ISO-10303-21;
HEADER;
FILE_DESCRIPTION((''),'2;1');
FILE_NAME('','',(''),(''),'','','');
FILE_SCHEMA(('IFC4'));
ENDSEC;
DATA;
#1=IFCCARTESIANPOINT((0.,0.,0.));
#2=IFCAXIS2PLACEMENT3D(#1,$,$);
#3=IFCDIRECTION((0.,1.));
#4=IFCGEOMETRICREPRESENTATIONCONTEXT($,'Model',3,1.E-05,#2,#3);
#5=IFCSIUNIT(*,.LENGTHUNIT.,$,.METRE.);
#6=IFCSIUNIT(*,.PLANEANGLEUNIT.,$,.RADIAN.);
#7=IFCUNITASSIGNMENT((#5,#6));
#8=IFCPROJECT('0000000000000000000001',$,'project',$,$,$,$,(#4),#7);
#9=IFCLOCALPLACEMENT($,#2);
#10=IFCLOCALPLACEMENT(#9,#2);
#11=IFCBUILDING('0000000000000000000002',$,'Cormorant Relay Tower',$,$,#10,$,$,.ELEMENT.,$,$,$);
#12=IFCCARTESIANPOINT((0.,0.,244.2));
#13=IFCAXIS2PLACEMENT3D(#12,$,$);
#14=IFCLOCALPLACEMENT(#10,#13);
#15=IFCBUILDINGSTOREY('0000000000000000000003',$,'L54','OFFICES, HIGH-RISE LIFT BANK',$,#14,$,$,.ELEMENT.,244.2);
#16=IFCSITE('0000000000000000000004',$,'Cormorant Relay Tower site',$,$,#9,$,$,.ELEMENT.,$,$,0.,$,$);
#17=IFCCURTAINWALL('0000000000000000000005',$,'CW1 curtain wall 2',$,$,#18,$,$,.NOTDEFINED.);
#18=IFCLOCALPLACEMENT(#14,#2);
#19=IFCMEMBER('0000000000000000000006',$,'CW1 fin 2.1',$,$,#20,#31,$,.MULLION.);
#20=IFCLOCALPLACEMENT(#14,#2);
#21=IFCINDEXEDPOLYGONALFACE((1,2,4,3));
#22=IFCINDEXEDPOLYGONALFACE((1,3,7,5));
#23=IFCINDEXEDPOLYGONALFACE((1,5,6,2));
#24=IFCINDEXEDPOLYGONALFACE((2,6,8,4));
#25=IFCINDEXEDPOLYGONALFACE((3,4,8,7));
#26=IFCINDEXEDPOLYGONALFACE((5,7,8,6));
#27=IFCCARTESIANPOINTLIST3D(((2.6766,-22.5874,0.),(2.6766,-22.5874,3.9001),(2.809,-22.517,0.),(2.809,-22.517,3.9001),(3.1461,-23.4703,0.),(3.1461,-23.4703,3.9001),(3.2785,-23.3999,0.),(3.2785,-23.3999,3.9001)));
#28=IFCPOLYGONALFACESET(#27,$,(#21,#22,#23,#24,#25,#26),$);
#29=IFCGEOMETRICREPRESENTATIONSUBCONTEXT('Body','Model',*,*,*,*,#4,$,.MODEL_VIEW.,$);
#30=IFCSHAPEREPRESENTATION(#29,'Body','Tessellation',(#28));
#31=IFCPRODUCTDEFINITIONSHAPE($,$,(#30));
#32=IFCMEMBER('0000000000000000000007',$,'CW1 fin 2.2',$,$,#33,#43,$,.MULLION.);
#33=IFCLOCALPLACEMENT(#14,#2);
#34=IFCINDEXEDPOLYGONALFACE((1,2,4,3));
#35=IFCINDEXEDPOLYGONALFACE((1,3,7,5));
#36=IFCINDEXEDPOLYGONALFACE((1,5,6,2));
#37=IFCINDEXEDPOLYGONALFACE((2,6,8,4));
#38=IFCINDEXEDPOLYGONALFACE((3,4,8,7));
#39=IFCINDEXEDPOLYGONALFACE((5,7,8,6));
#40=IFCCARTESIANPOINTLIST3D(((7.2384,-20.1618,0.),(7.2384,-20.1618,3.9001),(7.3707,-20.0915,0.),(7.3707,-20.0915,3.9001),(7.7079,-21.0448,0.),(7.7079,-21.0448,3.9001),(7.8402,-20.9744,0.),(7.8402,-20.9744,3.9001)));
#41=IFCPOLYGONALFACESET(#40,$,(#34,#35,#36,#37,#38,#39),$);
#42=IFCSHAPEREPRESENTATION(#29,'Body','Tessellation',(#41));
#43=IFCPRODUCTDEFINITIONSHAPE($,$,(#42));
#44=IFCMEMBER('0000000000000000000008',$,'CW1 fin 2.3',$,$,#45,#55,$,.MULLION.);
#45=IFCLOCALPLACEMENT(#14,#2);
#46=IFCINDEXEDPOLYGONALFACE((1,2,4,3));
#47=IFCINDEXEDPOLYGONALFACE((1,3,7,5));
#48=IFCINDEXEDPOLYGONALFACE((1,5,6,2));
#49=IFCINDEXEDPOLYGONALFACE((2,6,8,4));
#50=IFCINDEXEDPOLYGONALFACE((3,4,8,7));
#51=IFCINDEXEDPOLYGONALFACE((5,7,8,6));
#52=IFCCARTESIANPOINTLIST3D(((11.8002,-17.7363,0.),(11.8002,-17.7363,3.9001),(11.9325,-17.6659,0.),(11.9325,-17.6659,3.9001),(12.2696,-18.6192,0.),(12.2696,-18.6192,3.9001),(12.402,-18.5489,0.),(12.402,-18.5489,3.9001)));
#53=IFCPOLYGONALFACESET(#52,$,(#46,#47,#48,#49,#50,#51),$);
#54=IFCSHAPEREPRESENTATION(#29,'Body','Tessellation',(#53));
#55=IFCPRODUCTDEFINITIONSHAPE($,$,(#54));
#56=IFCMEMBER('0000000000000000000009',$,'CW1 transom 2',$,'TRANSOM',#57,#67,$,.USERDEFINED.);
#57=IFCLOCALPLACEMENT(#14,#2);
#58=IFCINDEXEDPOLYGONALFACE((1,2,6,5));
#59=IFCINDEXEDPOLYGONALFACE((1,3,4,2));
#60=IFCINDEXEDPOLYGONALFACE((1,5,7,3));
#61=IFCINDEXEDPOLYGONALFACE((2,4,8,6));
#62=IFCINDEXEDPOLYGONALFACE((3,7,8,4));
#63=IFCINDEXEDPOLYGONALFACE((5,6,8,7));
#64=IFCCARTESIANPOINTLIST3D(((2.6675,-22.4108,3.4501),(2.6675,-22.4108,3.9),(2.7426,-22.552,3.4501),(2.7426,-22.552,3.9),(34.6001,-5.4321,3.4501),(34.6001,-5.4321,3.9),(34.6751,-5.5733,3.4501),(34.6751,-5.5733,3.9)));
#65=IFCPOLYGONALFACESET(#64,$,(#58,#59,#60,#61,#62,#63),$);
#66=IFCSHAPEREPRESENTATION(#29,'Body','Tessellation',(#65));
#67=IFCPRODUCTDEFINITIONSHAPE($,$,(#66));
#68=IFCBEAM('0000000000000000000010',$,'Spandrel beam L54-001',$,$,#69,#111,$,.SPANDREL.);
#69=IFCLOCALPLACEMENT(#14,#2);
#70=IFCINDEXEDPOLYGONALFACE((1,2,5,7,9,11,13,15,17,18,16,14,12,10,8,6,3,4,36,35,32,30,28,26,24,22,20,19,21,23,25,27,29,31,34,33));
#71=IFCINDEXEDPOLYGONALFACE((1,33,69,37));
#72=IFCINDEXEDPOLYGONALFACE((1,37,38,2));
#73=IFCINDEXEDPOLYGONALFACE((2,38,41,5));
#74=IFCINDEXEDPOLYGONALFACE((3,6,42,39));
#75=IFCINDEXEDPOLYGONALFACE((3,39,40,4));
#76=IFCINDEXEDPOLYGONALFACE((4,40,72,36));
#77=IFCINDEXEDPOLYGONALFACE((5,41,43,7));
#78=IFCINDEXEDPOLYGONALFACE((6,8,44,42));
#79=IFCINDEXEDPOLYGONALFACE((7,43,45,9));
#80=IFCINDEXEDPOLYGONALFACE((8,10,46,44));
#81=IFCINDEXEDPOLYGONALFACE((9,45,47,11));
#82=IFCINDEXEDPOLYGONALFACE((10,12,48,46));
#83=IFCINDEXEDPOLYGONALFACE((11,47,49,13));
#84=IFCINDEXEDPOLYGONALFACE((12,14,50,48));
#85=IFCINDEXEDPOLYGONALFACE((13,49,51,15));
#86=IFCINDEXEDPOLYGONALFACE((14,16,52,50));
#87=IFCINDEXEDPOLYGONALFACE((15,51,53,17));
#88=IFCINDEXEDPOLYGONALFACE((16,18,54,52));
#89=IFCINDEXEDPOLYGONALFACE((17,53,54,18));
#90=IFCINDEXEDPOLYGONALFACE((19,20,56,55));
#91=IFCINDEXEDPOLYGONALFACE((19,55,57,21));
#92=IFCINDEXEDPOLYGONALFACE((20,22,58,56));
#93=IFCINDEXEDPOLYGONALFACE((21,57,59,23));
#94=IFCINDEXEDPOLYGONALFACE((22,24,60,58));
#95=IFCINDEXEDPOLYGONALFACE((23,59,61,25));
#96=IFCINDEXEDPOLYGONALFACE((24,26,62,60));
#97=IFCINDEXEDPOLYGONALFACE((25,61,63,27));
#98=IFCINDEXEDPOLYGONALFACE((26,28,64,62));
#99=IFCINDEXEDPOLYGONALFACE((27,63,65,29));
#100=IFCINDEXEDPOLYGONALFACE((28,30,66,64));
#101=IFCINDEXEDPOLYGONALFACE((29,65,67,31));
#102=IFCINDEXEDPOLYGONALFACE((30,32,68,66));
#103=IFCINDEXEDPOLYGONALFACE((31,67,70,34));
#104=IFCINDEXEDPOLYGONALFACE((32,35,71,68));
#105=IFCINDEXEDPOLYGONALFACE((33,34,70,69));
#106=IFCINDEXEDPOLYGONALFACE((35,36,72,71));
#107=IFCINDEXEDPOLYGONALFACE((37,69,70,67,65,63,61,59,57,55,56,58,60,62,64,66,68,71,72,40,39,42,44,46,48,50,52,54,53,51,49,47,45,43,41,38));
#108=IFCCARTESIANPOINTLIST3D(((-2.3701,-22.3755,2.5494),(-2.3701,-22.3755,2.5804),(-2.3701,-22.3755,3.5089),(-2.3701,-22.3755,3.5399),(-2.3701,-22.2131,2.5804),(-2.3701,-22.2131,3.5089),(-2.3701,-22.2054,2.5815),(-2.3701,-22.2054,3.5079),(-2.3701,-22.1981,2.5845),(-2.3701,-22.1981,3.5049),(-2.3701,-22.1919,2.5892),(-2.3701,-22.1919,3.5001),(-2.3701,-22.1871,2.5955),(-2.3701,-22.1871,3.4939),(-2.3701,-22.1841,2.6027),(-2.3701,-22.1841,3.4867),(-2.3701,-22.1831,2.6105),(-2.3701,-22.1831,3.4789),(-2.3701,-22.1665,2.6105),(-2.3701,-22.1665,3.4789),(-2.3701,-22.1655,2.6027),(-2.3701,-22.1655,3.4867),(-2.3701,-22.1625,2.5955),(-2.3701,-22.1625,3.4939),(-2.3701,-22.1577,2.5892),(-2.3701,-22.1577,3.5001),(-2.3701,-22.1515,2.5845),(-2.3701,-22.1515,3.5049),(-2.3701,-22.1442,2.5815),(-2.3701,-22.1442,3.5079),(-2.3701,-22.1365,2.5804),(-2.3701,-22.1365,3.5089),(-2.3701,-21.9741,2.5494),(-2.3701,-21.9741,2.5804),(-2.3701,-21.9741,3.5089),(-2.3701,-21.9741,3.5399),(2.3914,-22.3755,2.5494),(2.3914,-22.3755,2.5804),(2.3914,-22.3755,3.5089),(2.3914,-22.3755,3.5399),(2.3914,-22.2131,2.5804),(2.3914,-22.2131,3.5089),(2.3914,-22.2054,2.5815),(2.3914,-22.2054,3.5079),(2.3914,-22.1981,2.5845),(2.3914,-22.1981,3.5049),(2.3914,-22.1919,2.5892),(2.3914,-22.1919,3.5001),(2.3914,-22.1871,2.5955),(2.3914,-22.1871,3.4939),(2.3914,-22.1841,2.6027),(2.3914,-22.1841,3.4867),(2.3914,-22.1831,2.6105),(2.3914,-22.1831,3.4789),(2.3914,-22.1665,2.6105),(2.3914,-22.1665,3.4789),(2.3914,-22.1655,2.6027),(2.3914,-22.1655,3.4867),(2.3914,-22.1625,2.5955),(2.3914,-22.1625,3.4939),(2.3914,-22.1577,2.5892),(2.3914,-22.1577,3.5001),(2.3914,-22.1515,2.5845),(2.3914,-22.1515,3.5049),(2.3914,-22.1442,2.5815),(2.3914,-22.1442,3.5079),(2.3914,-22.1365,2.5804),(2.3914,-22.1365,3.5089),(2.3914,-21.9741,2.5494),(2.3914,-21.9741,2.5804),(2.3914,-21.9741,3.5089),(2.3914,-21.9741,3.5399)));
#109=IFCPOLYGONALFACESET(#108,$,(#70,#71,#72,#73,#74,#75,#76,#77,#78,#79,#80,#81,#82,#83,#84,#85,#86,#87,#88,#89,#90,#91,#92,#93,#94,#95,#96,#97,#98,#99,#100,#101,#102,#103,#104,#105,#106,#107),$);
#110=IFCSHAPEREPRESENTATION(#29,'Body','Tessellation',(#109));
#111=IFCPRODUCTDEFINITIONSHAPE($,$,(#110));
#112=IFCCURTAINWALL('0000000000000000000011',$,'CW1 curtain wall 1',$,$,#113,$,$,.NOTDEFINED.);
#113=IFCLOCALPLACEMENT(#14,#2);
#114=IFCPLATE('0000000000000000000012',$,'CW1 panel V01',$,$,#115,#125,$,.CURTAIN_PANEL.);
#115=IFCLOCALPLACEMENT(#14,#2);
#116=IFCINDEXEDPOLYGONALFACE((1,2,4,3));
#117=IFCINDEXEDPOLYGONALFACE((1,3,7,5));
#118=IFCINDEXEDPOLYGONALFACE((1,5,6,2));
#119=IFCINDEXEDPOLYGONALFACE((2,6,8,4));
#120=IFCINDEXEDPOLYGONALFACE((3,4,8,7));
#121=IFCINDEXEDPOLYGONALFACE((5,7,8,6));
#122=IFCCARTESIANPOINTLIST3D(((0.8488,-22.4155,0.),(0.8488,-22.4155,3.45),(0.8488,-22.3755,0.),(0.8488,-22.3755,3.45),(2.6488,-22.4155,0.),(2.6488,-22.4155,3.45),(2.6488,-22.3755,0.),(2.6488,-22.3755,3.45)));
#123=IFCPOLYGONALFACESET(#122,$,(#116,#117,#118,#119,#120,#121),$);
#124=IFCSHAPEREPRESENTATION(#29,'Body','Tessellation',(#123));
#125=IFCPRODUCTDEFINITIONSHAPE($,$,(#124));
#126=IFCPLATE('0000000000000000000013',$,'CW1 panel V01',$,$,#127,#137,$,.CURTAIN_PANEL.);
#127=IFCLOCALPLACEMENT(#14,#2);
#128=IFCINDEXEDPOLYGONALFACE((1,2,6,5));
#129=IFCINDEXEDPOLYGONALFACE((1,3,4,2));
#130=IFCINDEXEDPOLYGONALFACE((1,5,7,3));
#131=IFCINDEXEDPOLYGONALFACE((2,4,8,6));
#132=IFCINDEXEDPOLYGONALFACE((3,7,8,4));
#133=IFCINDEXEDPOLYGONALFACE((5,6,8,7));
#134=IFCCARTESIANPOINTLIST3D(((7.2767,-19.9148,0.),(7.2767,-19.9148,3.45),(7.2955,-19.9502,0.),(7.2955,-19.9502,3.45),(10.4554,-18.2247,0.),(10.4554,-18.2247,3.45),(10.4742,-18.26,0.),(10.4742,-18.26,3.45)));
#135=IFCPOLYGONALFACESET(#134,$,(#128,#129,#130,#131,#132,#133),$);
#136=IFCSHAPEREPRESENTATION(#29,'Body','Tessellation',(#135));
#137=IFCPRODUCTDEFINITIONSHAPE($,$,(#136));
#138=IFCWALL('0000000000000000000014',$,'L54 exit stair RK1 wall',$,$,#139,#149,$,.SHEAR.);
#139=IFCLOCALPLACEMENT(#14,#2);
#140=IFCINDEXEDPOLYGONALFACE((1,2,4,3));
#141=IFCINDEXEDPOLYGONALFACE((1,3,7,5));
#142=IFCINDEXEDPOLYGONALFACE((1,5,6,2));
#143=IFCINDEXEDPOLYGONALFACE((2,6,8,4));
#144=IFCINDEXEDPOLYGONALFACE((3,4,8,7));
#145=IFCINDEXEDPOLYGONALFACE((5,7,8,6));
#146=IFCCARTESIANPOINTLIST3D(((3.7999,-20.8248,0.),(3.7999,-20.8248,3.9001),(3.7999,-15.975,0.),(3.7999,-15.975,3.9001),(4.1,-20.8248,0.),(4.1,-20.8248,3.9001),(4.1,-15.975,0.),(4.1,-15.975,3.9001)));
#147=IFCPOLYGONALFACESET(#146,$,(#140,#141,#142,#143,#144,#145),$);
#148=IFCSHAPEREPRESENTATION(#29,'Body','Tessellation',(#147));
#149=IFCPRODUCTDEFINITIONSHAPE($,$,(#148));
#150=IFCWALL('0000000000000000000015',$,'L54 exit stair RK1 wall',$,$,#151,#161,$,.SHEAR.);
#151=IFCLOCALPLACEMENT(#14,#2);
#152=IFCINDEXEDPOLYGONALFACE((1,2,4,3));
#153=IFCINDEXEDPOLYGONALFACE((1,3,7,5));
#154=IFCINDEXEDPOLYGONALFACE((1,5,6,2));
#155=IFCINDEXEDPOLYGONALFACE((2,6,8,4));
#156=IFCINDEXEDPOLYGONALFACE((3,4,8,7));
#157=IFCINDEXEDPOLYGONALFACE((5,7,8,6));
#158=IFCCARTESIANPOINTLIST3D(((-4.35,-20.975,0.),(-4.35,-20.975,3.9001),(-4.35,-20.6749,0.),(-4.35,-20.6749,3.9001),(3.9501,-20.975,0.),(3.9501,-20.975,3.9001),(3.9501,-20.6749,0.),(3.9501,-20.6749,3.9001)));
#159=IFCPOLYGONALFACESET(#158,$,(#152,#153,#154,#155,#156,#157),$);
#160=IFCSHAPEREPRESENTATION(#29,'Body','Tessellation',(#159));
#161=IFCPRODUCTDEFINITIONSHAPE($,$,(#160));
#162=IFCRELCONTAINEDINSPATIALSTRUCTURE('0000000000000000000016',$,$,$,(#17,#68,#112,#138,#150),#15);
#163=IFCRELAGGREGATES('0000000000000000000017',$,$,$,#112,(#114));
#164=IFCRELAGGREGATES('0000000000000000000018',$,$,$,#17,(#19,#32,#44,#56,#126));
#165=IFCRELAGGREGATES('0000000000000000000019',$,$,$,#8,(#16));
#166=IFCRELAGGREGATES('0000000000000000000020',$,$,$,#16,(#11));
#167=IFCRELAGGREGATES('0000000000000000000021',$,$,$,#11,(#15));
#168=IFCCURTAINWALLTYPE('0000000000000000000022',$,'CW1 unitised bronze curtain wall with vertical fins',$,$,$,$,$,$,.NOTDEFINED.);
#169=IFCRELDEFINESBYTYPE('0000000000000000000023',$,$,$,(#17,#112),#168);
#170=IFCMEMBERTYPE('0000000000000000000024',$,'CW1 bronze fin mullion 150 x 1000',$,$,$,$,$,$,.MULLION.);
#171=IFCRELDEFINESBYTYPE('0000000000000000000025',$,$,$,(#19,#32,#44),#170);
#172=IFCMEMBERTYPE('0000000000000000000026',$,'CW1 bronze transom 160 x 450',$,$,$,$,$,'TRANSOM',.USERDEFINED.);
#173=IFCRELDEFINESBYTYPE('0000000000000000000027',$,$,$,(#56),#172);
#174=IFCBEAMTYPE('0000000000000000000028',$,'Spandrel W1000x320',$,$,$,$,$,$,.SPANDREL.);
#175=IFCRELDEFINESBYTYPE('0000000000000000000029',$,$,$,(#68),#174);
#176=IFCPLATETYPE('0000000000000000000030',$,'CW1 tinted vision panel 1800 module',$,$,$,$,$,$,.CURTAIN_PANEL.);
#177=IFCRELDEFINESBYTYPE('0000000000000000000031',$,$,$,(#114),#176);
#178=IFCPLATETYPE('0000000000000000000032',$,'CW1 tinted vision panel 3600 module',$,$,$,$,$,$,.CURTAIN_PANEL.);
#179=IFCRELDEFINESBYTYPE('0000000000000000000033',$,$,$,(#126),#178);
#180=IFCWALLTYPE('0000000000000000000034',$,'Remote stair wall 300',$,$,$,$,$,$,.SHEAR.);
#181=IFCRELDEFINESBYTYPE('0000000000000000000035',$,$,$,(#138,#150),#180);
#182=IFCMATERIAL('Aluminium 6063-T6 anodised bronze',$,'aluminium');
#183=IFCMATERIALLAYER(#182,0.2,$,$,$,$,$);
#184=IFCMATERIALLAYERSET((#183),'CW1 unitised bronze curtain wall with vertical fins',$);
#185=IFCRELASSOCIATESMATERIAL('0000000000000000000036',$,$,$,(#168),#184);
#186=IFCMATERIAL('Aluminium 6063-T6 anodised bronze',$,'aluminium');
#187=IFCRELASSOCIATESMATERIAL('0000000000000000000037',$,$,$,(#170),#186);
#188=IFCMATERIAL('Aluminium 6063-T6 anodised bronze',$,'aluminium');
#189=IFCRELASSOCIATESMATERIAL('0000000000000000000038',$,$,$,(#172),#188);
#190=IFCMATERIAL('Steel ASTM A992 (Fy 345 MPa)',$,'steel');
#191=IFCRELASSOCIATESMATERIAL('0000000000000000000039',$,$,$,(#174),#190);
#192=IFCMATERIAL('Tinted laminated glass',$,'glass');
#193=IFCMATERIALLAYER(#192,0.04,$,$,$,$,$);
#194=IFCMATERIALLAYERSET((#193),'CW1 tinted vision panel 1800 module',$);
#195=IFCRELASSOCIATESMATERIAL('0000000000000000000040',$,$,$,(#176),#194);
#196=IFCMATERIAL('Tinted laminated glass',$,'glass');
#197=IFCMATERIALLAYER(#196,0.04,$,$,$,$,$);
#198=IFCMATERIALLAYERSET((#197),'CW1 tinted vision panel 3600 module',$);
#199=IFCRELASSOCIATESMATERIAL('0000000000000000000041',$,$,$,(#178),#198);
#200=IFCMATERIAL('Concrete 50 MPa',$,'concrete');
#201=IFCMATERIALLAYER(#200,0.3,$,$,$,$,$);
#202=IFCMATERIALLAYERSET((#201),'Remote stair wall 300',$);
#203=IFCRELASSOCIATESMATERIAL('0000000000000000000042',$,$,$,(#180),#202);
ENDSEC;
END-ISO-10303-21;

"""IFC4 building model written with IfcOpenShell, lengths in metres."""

from ifc_helpers import new_model, si_unit, direction, frame, frame_2d, origin, origin_2d, place, context, subcontext, project, spatial, rectangle, i_section, extrude, material, layer, layer_set, material_profile, profile_set, type_object, element, aggregate, save


model = new_model("IFC4")

# Units and contexts
model_context = context("Model", 3, precision=1e-05, world=origin(), true_north=direction((0.0, 1.0)))
body_context = subcontext(model_context, "Body", "Model", "MODEL_VIEW")
ifc_project = project(units=[si_unit("LENGTHUNIT", "METRE"), si_unit("PLANEANGLEUNIT", "RADIAN")], contexts=[model_context])

# Site, building, storey
site_placement = place(None, origin())
site = spatial("IfcSite", under=ifc_project, at=site_placement, Name="Cormorant Relay Tower site", CompositionType="ELEMENT", RefElevation=0.0)
building_placement = place(site_placement, origin())
building = spatial("IfcBuilding", under=site, at=building_placement, Name="Cormorant Relay Tower", CompositionType="ELEMENT")
storey_placement = place(building_placement, frame((0.0, 0.0, 244.2)))
storey = spatial("IfcBuildingStorey", under=building, at=storey_placement, Name="L54", Description="OFFICES, HIGH-RISE LIFT BANK", CompositionType="ELEMENT", Elevation=244.2)

# Curtain wall, members
ifc_material_1 = material(Name="Aluminium 6063-T6 anodised bronze", Category="aluminium")
ifc_layer_1 = layer(ifc_material_1, 0.2)
ifc_layer_set_1 = layer_set([ifc_layer_1], Name="CW1 unitised bronze curtain wall with vertical fins")
curtain_wall_type = type_object("IfcCurtainWallType", Name="CW1 unitised bronze curtain wall with vertical fins", PredefinedType="NOTDEFINED", material=ifc_layer_set_1)
curtain_wall_1_placement = place(storey_placement, origin())
curtain_wall_1 = element("IfcCurtainWall", 1, at=curtain_wall_1_placement, inside=storey, type_object=curtain_wall_type, Name="CW1 curtain wall 2", PredefinedType="NOTDEFINED")
ifc_material_2 = material(Name="Aluminium 6063-T6 anodised bronze", Category="aluminium")
ifc_material_profile_1 = material_profile(ifc_material_2, rectangle(XDim=0.1499, YDim=1.0, at=origin_2d()), Name="AL 150x1000")
ifc_profile_set_1 = profile_set([ifc_material_profile_1], Name="Aluminium 6063-T6 anodised bronze")
member_type_1 = type_object("IfcMemberType", Name="CW1 bronze fin mullion 150 x 1000", PredefinedType="MULLION", material=ifc_profile_set_1)
member_1_placement = place(storey_placement, frame((2.9775, -22.9937, 0.0), z_axis=(0.0, 0.0, 1.0), x_axis=(0.882948, 0.469472, 0.0)))
member_1 = element("IfcMember", 2, at=member_1_placement, type_object=member_type_1, Name="CW1 fin 2.1", PredefinedType="MULLION", context=body_context, shape_type="SweptSolid", body=[
    extrude(rectangle(XDim=0.1499, YDim=1.0, at=origin_2d()), origin(), (0.0, 0.0, 1.0), 3.9001),
])
member_2_placement = place(storey_placement, frame((7.5393, -20.5681, 0.0), z_axis=(0.0, 0.0, 1.0), x_axis=(0.882948, 0.469472, 0.0)))
member_2 = element("IfcMember", 3, at=member_2_placement, type_object=member_type_1, Name="CW1 fin 2.2", PredefinedType="MULLION", context=body_context, shape_type="SweptSolid", body=[
    extrude(rectangle(XDim=0.1499, YDim=1.0, at=origin_2d()), origin(), (0.0, 0.0, 1.0), 3.9001),
])
member_3_placement = place(storey_placement, frame((12.1011, -18.1426, 0.0), z_axis=(0.0, 0.0, 1.0), x_axis=(0.882948, 0.469472, 0.0)))
member_3 = element("IfcMember", 4, at=member_3_placement, type_object=member_type_1, Name="CW1 fin 2.3", PredefinedType="MULLION", context=body_context, shape_type="SweptSolid", body=[
    extrude(rectangle(XDim=0.1499, YDim=1.0, at=origin_2d()), origin(), (0.0, 0.0, 1.0), 3.9001),
])
ifc_material_3 = material(Name="Aluminium 6063-T6 anodised bronze", Category="aluminium")
ifc_material_profile_2 = material_profile(ifc_material_3, rectangle(XDim=0.1599, YDim=0.45, at=origin_2d()), Name="AL 160x450")
ifc_profile_set_2 = profile_set([ifc_material_profile_2], Name="Aluminium 6063-T6 anodised bronze")
member_type_2 = type_object("IfcMemberType", Name="CW1 bronze transom 160 x 450", ElementType="TRANSOM", PredefinedType="USERDEFINED", material=ifc_profile_set_2)
member_4_placement = place(storey_placement, frame((2.7051, -22.4814, 3.675), z_axis=(0.882949, 0.469469, 0.0), x_axis=(-0.469469, 0.882949, 0.0)))
member_4 = element("IfcMember", 5, at=member_4_placement, type_object=member_type_2, Name="CW1 transom 2", ObjectType="TRANSOM", PredefinedType="USERDEFINED", context=body_context, shape_type="SweptSolid", body=[
    extrude(rectangle(XDim=0.1599, YDim=0.45, at=origin_2d()), origin(), (0.0, 0.0, 1.0), 36.1658),
])

# Beam
ifc_material_4 = material(Name="Steel ASTM A992 (Fy 345 MPa)", Category="steel")
ifc_material_profile_3 = material_profile(ifc_material_4, i_section(OverallWidth=0.4014, OverallDepth=0.9905, WebThickness=0.0166, FlangeThickness=0.031, FilletRadius=0.03, at=origin_2d()), Name="W1000x320")
ifc_profile_set_3 = profile_set([ifc_material_profile_3], Name="Steel ASTM A992 (Fy 345 MPa)")
beam_type = type_object("IfcBeamType", Name="Spandrel W1000x320", PredefinedType="SPANDREL", material=ifc_profile_set_3)
beam_placement = place(storey_placement, frame((-2.3701, -22.1748, 3.0447), z_axis=(1.0, 0.0, 0.0), x_axis=(0.0, 1.0, 0.0)))
element("IfcBeam", 6, at=beam_placement, inside=storey, type_object=beam_type, Name="Spandrel beam L54-001", PredefinedType="SPANDREL", context=body_context, shape_type="SweptSolid", body=[
    extrude(i_section(OverallWidth=0.4014, OverallDepth=0.9905, WebThickness=0.0166, FlangeThickness=0.031, FilletRadius=0.03, at=origin_2d()), origin(), (0.0, 0.0, 1.0), 4.7615),
])

# Curtain wall, plate
curtain_wall_2_placement = place(storey_placement, origin())
curtain_wall_2 = element("IfcCurtainWall", 7, at=curtain_wall_2_placement, inside=storey, type_object=curtain_wall_type, Name="CW1 curtain wall 1", PredefinedType="NOTDEFINED")
ifc_material_5 = material(Name="Tinted laminated glass", Category="glass")
ifc_layer_2 = layer(ifc_material_5, 0.04)
ifc_layer_set_2 = layer_set([ifc_layer_2], Name="CW1 tinted vision panel 1800 module")
plate_type_1 = type_object("IfcPlateType", Name="CW1 tinted vision panel 1800 module", PredefinedType="CURTAIN_PANEL", material=ifc_layer_set_2)
plate_1_placement = place(storey_placement, frame((1.7488, -22.3955, 0.0), z_axis=(0.0, 0.0, 1.0), x_axis=(1.0, 0.0, 0.0)))
plate_1 = element("IfcPlate", 8, at=plate_1_placement, type_object=plate_type_1, Name="CW1 panel V01", PredefinedType="CURTAIN_PANEL", context=body_context, shape_type="SweptSolid", body=[
    extrude(rectangle(XDim=1.8, YDim=0.04, at=origin_2d()), origin(), (0.0, 0.0, 1.0), 3.45),
])

# Plate
ifc_material_6 = material(Name="Tinted laminated glass", Category="glass")
ifc_layer_3 = layer(ifc_material_6, 0.04)
ifc_layer_set_3 = layer_set([ifc_layer_3], Name="CW1 tinted vision panel 3600 module")
plate_type_2 = type_object("IfcPlateType", Name="CW1 tinted vision panel 3600 module", PredefinedType="CURTAIN_PANEL", material=ifc_layer_set_3)
plate_2_placement = place(storey_placement, frame((8.8755, -19.0874, 0.0), z_axis=(0.0, 0.0, 1.0), x_axis=(0.882948, 0.469472, 0.0)))
plate_2 = element("IfcPlate", 9, at=plate_2_placement, type_object=plate_type_2, Name="CW1 panel V01", PredefinedType="CURTAIN_PANEL", context=body_context, shape_type="SweptSolid", body=[
    extrude(rectangle(XDim=3.6001, YDim=0.04, at=origin_2d()), origin(), (0.0, 0.0, 1.0), 3.45),
])

# Walls
ifc_material_7 = material(Name="Concrete 50 MPa", Category="concrete")
ifc_layer_4 = layer(ifc_material_7, 0.3)
ifc_layer_set_4 = layer_set([ifc_layer_4], Name="Remote stair wall 300")
wall_type = type_object("IfcWallType", Name="Remote stair wall 300", PredefinedType="SHEAR", material=ifc_layer_set_4)
wall_1_placement = place(storey_placement, frame((3.95, -15.9751, 0.0), z_axis=(0.0, 0.0, 1.0), x_axis=(0.0, -1.0, 0.0)))
element("IfcWall", 10, at=wall_1_placement, inside=storey, type_object=wall_type, Name="L54 exit stair RK1 wall", PredefinedType="SHEAR", context=body_context, shape_type="SweptSolid", body=[
    extrude(rectangle(XDim=4.8499, YDim=0.3, at=frame_2d((2.4248, 0.0))), origin(), (0.0, 0.0, 1.0), 3.9001),
])
wall_2_placement = place(storey_placement, frame((3.95, -20.825, 0.0), z_axis=(0.0, 0.0, 1.0), x_axis=(-1.0, 0.0, 0.0)))
element("IfcWall", 11, at=wall_2_placement, inside=storey, type_object=wall_type, Name="L54 exit stair RK1 wall", PredefinedType="SHEAR", context=body_context, shape_type="SweptSolid", body=[
    extrude(rectangle(XDim=8.3, YDim=0.3, at=frame_2d((4.1499, 0.0))), origin(), (0.0, 0.0, 1.0), 3.9001),
])

aggregate(curtain_wall_2, [plate_1])
aggregate(curtain_wall_1, [member_1, member_2, member_3, member_4, plate_2])

save(model, "model.ifc")
